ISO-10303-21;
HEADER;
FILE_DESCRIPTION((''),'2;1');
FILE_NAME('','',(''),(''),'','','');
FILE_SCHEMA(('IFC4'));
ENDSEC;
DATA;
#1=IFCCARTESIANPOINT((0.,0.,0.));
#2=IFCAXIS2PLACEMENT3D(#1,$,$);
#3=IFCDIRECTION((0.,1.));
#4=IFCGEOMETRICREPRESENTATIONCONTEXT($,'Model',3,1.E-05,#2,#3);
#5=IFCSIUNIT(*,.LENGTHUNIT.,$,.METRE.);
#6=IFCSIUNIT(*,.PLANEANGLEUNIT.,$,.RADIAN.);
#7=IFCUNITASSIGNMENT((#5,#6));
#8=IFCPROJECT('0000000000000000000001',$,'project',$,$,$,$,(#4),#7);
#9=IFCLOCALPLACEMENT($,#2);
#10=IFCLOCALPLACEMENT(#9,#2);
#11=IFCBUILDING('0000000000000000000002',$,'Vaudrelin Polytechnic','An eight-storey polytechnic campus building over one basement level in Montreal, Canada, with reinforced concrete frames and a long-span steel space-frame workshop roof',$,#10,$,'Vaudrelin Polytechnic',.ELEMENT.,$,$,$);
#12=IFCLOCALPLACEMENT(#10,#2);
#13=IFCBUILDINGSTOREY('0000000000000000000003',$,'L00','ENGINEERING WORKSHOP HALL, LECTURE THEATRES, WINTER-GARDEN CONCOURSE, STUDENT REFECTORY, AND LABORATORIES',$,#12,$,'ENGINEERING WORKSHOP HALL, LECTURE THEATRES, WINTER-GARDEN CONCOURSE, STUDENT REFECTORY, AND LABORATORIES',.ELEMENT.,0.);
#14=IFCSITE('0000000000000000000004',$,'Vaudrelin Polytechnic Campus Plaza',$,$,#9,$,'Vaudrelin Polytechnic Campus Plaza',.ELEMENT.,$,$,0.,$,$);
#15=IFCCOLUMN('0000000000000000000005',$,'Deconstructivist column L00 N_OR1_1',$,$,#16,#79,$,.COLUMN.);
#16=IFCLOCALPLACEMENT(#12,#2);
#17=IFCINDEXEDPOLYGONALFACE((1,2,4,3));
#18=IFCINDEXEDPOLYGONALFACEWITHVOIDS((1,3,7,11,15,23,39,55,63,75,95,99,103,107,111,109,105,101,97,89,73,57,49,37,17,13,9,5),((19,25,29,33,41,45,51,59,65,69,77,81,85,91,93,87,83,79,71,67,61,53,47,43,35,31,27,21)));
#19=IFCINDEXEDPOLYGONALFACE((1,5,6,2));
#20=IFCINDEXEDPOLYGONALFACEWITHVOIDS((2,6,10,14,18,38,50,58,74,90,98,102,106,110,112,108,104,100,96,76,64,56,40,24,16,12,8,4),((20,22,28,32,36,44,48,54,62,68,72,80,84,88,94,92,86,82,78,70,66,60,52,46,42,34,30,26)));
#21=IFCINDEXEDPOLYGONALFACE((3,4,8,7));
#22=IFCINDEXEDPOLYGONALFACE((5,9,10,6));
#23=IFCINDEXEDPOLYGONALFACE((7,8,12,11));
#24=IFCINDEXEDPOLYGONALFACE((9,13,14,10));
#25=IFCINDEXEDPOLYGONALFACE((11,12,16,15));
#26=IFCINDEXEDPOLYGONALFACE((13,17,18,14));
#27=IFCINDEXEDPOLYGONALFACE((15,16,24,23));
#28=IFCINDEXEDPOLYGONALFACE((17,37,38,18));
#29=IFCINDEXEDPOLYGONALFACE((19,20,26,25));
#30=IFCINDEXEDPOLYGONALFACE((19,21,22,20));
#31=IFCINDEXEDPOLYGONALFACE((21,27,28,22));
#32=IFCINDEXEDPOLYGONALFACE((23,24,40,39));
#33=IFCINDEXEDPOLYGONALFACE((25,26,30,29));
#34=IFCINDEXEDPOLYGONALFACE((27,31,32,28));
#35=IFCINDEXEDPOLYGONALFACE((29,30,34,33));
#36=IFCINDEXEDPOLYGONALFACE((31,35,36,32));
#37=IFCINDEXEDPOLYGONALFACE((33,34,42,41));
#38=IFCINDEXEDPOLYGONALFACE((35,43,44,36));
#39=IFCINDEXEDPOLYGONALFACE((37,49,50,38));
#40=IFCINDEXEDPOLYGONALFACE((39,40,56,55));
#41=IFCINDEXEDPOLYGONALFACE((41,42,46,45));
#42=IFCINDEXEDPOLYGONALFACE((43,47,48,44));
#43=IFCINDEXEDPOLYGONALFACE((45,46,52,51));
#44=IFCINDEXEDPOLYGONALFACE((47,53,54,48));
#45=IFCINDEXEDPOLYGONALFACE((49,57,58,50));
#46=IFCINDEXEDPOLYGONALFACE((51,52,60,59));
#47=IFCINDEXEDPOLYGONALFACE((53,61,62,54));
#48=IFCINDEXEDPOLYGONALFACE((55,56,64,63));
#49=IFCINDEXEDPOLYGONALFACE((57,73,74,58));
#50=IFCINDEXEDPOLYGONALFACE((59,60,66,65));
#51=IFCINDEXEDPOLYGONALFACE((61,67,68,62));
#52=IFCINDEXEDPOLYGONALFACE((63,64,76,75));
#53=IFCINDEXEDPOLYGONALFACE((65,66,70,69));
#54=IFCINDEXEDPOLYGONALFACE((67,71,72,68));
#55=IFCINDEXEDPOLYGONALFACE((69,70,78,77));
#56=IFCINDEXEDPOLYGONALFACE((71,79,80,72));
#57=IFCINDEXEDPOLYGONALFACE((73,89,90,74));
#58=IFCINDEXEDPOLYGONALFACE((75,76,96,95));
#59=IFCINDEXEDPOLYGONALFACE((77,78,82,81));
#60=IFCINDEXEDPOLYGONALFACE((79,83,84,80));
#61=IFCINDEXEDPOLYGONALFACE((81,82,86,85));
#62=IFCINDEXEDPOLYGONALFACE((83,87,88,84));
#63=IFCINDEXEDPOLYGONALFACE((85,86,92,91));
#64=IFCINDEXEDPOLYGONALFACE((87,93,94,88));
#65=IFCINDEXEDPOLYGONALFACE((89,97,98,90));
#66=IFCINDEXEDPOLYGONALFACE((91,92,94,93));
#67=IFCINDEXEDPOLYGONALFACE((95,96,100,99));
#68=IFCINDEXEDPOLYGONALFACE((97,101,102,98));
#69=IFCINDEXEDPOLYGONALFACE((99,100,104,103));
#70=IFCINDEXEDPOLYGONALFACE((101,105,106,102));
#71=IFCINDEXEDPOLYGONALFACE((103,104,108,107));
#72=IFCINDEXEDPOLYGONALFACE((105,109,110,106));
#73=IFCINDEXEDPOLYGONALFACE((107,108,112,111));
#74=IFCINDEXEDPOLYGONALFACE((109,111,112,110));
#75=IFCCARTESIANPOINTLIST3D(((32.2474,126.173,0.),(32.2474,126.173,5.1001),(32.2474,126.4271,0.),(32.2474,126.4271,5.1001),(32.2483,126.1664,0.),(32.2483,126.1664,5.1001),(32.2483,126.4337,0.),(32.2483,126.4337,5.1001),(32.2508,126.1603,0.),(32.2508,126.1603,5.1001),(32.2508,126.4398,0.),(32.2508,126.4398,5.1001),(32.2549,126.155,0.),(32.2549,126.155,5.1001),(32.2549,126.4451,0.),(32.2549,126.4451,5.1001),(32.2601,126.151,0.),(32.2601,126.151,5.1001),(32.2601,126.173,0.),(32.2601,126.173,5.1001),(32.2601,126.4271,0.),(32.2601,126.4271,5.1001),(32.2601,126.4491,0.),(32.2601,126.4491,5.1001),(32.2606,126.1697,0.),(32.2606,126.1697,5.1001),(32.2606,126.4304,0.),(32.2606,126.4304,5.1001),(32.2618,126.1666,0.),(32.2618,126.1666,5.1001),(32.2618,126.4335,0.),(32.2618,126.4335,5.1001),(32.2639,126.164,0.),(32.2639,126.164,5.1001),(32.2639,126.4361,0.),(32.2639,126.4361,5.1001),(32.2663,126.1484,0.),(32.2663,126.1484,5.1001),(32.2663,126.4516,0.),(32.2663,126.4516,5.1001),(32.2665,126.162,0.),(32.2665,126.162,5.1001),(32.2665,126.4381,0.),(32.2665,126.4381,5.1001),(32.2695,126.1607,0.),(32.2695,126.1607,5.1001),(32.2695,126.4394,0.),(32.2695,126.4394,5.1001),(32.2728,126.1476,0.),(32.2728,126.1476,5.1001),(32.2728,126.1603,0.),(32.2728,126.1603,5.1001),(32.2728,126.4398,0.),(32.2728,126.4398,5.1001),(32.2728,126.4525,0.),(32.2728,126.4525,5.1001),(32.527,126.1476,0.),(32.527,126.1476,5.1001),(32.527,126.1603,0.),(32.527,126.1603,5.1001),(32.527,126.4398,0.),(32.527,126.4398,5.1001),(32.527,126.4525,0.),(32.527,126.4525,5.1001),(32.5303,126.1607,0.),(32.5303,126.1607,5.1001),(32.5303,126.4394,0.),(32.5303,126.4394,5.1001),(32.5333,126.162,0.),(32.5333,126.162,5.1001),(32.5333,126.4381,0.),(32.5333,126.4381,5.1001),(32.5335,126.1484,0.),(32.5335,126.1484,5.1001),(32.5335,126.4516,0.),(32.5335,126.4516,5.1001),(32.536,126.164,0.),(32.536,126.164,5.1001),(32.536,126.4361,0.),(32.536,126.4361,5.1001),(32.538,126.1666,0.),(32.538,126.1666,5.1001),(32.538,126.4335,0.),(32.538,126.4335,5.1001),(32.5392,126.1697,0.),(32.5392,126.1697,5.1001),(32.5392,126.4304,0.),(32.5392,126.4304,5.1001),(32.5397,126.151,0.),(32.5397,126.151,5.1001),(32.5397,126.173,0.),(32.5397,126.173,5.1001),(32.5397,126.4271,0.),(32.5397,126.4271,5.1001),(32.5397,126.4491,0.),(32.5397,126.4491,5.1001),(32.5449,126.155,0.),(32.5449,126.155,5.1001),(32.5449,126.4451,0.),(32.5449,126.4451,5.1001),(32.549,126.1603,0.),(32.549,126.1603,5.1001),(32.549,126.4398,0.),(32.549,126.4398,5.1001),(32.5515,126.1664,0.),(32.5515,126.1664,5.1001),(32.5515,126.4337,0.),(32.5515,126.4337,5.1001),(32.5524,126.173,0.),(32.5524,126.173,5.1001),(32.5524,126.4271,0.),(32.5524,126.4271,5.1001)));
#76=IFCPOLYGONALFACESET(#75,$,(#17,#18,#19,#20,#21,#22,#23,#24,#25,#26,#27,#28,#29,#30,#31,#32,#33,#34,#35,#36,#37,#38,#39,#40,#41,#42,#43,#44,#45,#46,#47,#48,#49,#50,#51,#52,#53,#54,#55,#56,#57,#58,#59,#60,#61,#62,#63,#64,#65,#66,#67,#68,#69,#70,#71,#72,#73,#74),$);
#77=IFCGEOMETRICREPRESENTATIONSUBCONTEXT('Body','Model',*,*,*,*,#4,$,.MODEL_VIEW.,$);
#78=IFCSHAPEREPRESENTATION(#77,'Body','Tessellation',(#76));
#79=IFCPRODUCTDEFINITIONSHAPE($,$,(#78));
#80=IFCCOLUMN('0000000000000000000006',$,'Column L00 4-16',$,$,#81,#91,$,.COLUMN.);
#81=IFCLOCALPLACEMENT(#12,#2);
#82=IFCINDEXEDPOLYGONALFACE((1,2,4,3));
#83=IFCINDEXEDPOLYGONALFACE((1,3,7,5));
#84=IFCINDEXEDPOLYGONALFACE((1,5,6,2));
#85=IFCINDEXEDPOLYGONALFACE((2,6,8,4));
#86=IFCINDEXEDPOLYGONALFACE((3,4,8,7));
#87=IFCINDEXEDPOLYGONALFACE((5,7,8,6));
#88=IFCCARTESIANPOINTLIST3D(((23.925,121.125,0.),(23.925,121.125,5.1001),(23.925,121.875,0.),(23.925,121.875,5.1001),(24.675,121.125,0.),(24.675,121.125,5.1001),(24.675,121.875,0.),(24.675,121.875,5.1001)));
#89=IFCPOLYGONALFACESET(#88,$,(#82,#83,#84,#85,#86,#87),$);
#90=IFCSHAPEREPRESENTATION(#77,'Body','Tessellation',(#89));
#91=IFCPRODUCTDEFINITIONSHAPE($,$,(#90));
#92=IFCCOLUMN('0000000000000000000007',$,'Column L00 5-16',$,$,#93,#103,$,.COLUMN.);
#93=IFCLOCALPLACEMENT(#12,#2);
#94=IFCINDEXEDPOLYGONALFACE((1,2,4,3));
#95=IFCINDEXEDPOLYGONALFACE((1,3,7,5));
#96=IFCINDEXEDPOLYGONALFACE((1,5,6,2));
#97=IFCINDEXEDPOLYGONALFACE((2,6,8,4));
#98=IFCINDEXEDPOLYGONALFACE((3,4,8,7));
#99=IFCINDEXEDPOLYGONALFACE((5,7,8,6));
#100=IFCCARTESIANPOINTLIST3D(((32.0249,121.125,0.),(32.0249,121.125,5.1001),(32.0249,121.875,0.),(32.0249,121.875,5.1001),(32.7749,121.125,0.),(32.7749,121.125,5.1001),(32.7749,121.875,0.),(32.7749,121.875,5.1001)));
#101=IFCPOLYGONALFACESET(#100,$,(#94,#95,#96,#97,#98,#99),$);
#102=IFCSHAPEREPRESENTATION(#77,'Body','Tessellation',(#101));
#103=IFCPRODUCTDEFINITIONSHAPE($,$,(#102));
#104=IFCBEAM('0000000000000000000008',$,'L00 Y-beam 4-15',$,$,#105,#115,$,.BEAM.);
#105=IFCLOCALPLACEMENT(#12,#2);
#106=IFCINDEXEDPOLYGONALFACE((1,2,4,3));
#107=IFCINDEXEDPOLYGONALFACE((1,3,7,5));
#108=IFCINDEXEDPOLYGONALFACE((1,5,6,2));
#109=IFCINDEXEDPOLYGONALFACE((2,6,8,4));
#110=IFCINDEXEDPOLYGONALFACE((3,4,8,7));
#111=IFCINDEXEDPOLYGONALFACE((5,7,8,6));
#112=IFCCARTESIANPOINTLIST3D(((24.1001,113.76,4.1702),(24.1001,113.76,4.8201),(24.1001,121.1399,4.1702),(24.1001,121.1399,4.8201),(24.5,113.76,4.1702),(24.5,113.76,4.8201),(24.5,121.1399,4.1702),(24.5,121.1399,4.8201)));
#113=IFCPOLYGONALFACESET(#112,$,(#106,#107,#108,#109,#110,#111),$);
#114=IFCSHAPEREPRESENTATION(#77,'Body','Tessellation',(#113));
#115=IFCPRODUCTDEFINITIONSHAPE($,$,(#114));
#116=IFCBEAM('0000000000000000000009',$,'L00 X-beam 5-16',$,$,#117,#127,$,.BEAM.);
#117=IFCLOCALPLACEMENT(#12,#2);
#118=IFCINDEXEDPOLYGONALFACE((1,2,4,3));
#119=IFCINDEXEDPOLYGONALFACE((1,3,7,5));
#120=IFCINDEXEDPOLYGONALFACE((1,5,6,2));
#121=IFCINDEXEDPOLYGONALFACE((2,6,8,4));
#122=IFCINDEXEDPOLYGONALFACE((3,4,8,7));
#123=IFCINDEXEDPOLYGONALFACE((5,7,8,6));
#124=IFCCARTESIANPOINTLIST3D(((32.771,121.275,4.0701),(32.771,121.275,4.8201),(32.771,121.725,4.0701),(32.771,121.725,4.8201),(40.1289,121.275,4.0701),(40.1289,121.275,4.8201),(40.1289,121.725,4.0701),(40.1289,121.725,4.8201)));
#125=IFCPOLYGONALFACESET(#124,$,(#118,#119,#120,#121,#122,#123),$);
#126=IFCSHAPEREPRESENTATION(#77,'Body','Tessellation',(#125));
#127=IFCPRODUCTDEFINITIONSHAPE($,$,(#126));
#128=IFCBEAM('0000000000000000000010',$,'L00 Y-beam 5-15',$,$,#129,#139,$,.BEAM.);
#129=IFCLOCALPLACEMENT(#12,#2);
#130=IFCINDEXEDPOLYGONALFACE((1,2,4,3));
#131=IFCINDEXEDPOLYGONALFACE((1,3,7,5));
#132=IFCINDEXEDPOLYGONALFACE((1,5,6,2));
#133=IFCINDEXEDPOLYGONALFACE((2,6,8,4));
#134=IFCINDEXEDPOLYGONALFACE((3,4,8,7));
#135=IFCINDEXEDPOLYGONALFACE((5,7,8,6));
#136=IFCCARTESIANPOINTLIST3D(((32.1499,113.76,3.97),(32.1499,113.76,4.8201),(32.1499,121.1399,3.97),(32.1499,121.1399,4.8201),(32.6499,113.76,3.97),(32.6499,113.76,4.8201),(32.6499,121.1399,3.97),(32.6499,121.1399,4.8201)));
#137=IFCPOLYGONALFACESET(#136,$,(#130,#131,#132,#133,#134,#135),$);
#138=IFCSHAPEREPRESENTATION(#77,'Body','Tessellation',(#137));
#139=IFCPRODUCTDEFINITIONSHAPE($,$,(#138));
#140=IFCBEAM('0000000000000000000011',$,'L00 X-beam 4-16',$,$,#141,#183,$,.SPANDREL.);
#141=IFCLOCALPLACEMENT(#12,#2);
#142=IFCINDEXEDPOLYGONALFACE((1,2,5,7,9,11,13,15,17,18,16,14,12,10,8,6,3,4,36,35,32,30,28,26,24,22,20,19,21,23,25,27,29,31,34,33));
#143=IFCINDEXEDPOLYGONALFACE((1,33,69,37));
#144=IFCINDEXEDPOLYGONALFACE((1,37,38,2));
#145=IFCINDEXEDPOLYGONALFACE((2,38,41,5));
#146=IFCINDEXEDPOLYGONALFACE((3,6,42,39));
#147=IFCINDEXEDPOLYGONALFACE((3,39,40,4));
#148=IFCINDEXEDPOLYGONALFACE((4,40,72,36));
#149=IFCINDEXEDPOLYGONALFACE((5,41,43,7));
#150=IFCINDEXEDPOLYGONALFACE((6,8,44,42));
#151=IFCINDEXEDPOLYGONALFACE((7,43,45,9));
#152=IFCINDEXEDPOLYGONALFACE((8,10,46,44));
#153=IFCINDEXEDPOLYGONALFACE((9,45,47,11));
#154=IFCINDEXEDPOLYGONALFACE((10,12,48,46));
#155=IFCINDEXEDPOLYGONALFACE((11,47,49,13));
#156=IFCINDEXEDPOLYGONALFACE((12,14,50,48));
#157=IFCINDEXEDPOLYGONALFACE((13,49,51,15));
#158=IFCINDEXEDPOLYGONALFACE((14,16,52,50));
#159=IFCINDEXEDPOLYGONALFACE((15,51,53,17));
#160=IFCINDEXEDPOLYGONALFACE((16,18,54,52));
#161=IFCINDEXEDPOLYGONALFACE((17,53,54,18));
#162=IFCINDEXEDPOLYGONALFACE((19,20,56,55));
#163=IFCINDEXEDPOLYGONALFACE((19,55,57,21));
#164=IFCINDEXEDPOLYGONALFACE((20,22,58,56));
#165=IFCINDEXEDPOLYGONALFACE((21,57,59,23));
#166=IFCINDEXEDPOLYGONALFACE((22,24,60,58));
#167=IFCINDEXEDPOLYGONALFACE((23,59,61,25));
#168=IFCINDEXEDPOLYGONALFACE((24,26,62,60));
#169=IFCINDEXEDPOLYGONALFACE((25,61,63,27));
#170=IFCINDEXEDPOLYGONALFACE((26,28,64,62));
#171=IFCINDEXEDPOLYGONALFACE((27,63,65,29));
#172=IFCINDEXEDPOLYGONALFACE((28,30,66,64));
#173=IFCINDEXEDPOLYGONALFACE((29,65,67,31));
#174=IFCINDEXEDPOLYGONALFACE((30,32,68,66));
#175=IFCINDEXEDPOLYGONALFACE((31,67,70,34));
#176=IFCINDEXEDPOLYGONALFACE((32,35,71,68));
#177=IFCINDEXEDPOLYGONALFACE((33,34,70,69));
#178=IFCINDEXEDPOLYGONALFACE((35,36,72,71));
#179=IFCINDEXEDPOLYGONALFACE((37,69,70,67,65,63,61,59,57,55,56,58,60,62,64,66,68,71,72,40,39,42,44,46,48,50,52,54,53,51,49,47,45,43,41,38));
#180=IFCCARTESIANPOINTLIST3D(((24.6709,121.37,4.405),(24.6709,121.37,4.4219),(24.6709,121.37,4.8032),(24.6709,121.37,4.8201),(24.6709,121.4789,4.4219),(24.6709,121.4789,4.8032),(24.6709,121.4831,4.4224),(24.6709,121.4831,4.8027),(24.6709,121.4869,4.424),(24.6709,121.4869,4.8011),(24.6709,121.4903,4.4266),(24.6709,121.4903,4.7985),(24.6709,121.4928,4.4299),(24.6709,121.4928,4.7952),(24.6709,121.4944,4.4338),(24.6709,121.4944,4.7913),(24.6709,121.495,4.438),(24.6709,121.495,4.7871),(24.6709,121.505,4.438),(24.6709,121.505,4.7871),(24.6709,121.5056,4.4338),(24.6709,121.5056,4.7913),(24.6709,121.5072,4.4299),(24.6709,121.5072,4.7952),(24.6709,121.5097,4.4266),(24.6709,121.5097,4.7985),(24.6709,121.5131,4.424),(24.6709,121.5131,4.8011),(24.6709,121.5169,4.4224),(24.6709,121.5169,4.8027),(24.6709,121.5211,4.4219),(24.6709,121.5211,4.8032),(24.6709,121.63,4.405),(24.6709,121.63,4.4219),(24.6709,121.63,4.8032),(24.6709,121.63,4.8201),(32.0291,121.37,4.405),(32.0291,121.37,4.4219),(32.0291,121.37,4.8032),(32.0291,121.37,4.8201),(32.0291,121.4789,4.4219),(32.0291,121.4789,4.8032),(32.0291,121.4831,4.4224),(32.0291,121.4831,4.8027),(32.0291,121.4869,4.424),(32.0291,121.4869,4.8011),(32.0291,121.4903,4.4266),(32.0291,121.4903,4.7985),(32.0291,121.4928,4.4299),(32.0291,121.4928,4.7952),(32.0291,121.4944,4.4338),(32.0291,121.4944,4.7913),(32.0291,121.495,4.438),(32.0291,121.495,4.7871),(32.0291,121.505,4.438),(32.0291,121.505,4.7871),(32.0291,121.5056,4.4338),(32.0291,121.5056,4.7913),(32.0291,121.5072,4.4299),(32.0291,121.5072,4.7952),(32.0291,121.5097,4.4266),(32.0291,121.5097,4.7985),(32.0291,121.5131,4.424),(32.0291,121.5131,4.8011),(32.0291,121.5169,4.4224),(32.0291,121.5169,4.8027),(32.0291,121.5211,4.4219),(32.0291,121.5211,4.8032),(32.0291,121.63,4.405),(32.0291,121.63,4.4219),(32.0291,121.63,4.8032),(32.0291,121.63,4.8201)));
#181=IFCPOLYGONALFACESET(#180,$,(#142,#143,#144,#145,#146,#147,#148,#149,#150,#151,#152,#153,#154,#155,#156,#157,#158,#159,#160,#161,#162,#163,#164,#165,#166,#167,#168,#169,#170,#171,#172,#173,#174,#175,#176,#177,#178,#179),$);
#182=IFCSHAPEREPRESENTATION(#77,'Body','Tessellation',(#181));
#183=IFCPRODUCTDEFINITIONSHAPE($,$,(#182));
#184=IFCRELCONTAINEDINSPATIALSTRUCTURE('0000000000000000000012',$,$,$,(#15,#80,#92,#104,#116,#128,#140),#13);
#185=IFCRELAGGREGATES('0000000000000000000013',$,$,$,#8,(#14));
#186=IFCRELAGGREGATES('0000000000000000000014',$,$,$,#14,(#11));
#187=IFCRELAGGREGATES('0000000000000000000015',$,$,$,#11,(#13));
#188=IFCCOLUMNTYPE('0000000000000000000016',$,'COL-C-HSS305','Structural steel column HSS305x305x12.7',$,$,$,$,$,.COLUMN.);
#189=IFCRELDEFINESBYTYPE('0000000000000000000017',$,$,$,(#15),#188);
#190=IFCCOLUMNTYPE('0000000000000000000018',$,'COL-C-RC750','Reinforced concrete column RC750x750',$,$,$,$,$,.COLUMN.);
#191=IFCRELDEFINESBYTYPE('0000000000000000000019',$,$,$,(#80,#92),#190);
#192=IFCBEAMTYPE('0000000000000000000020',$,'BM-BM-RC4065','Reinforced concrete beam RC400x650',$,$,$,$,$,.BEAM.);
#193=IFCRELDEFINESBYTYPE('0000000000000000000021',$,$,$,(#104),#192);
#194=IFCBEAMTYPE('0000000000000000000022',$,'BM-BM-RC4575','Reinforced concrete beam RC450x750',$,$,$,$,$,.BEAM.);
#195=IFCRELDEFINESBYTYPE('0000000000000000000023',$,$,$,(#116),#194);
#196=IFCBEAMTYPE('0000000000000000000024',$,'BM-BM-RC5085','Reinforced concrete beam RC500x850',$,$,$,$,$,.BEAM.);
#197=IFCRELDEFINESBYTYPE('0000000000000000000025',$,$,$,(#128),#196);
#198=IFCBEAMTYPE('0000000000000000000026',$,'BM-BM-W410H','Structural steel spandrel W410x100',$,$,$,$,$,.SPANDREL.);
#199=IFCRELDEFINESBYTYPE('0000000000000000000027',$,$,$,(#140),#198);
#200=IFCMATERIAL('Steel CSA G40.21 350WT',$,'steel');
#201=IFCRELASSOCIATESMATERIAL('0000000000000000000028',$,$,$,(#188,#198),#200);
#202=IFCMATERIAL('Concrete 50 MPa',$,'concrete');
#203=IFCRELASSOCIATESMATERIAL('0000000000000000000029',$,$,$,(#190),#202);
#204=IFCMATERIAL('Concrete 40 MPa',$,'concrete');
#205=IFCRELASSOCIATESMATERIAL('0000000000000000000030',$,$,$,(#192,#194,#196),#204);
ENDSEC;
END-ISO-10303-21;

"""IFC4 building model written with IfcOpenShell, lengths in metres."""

from ifc_helpers import new_model, si_unit, direction, frame, origin, origin_2d, place, context, subcontext, project, spatial, rectangle, hollow_rectangle, i_section, extrude, material, material_profile, profile_set, type_object, element, save


model = new_model("IFC4")

# Units and contexts
model_context = context("Model", 3, precision=1e-05, world=origin(), true_north=direction((0.0, 1.0)))
body_context = subcontext(model_context, "Body", "Model", "MODEL_VIEW")
ifc_project = project(units=[si_unit("LENGTHUNIT", "METRE"), si_unit("PLANEANGLEUNIT", "RADIAN")], contexts=[model_context])

# Site, building, storey
site_placement = place(None, origin())
site = spatial("IfcSite", under=ifc_project, at=site_placement, Name="Vaudrelin Polytechnic Campus Plaza", LongName="Vaudrelin Polytechnic Campus Plaza", CompositionType="ELEMENT", RefElevation=0.0)
building_placement = place(site_placement, origin())
building = spatial("IfcBuilding", under=site, at=building_placement, Name="Vaudrelin Polytechnic", Description="An eight-storey polytechnic campus building over one basement level in Montreal, Canada, with reinforced concrete frames and a long-span steel space-frame workshop roof", LongName="Vaudrelin Polytechnic", CompositionType="ELEMENT")
storey_placement = place(building_placement, origin())
storey = spatial("IfcBuildingStorey", under=building, at=storey_placement, Name="L00", Description="ENGINEERING WORKSHOP HALL, LECTURE THEATRES, WINTER-GARDEN CONCOURSE, STUDENT REFECTORY, AND LABORATORIES", LongName="ENGINEERING WORKSHOP HALL, LECTURE THEATRES, WINTER-GARDEN CONCOURSE, STUDENT REFECTORY, AND LABORATORIES", CompositionType="ELEMENT", Elevation=0.0)

# Columns
ifc_material_1 = material(Name="Steel CSA G40.21 350WT", Category="steel")
ifc_material_profile_1 = material_profile(ifc_material_1, hollow_rectangle(XDim=0.3049, YDim=0.3049, WallThickness=0.0127, InnerFilletRadius=0.0127, OuterFilletRadius=0.0254, at=origin_2d()), Name="HSS305x305x12.7")
ifc_profile_set_1 = profile_set([ifc_material_profile_1], Name="Steel CSA G40.21 350WT")
column_type_1 = type_object("IfcColumnType", Name="COL-C-HSS305", Description="Structural steel column HSS305x305x12.7", PredefinedType="COLUMN", material=ifc_profile_set_1)
column_placement = place(storey_placement, frame((32.3999, 126.3, 0.0), z_axis=(0.0, 0.0, 1.0), x_axis=(1.0, 0.0, 0.0)))
element("IfcColumn", 1, at=column_placement, inside=storey, type_object=column_type_1, Name="Deconstructivist column L00 N_OR1_1", PredefinedType="COLUMN", context=body_context, shape_type="SweptSolid", body=[
    extrude(hollow_rectangle(XDim=0.3049, YDim=0.3049, WallThickness=0.0127, InnerFilletRadius=0.0127, OuterFilletRadius=0.0254, at=origin_2d()), origin(), (0.0, 0.0, 1.0), 5.1001),
])
ifc_material_2 = material(Name="Concrete 50 MPa", Category="concrete")
ifc_material_profile_2 = material_profile(ifc_material_2, rectangle(XDim=0.75, YDim=0.75, at=origin_2d()), Name="RC750x750")
ifc_profile_set_2 = profile_set([ifc_material_profile_2], Name="Concrete 50 MPa")
column_type_2 = type_object("IfcColumnType", Name="COL-C-RC750", Description="Reinforced concrete column RC750x750", PredefinedType="COLUMN", material=ifc_profile_set_2)
for number, where, z_axis, x_axis, name in (
    (2, (24.3, 121.5, 0.0), (0.0, 0.0, 1.0), (1.0, 0.0, 0.0), "Column L00 4-16"),
    (3, (32.3999, 121.5, 0.0), (0.0, 0.0, 1.0), (1.0, 0.0, 0.0), "Column L00 5-16"),
):
    element("IfcColumn", number, at=place(storey_placement, frame(where, z_axis=z_axis, x_axis=x_axis)), inside=storey, type_object=column_type_2, Name=name, PredefinedType="COLUMN", context=body_context, shape_type="SweptSolid", body=[
        extrude(rectangle(XDim=0.75, YDim=0.75, at=origin_2d()), origin(), (0.0, 0.0, 1.0), 5.1001),
    ])

# Beams
ifc_material_3 = material(Name="Concrete 40 MPa", Category="concrete")
ifc_material_profile_3 = material_profile(ifc_material_3, rectangle(XDim=0.3999, YDim=0.6499, at=origin_2d()), Name="RC400x650")
ifc_profile_set_3 = profile_set([ifc_material_profile_3], Name="Concrete 40 MPa")
beam_type_1 = type_object("IfcBeamType", Name="BM-BM-RC4065", Description="Reinforced concrete beam RC400x650", PredefinedType="BEAM", material=ifc_profile_set_3)
beam_1_placement = place(storey_placement, frame((24.3, 113.76, 4.4951), z_axis=(0.0, 1.0, 0.0), x_axis=(-1.0, 0.0, 0.0)))
element("IfcBeam", 4, at=beam_1_placement, inside=storey, type_object=beam_type_1, Name="L00 Y-beam 4-15", PredefinedType="BEAM", context=body_context, shape_type="SweptSolid", body=[
    extrude(rectangle(XDim=0.3999, YDim=0.6499, at=origin_2d()), origin(), (0.0, 0.0, 1.0), 7.3799),
])
ifc_material_profile_4 = material_profile(ifc_material_3, rectangle(XDim=0.45, YDim=0.75, at=origin_2d()), Name="RC450x750")
ifc_profile_set_4 = profile_set([ifc_material_profile_4], Name="Concrete 40 MPa")
beam_type_2 = type_object("IfcBeamType", Name="BM-BM-RC4575", Description="Reinforced concrete beam RC450x750", PredefinedType="BEAM", material=ifc_profile_set_4)
beam_2_placement = place(storey_placement, frame((32.771, 121.5, 4.4451), z_axis=(1.0, 0.0, 0.0), x_axis=(0.0, 1.0, 0.0)))
element("IfcBeam", 5, at=beam_2_placement, inside=storey, type_object=beam_type_2, Name="L00 X-beam 5-16", PredefinedType="BEAM", context=body_context, shape_type="SweptSolid", body=[
    extrude(rectangle(XDim=0.45, YDim=0.75, at=origin_2d()), origin(), (0.0, 0.0, 1.0), 7.3579),
])
ifc_material_profile_5 = material_profile(ifc_material_3, rectangle(XDim=0.5, YDim=0.8501, at=origin_2d()), Name="RC500x850")
ifc_profile_set_5 = profile_set([ifc_material_profile_5], Name="Concrete 40 MPa")
beam_type_3 = type_object("IfcBeamType", Name="BM-BM-RC5085", Description="Reinforced concrete beam RC500x850", PredefinedType="BEAM", material=ifc_profile_set_5)
beam_3_placement = place(storey_placement, frame((32.3999, 113.76, 4.395), z_axis=(0.0, 1.0, 0.0), x_axis=(-1.0, 0.0, 0.0)))
element("IfcBeam", 6, at=beam_3_placement, inside=storey, type_object=beam_type_3, Name="L00 Y-beam 5-15", PredefinedType="BEAM", context=body_context, shape_type="SweptSolid", body=[
    extrude(rectangle(XDim=0.5, YDim=0.8501, at=origin_2d()), origin(), (0.0, 0.0, 1.0), 7.3799),
])
ifc_material_profile_6 = material_profile(ifc_material_1, i_section(OverallWidth=0.26, OverallDepth=0.415, WebThickness=0.01, FlangeThickness=0.0168, FilletRadius=0.0161, at=origin_2d()), Name="W410x100")
ifc_profile_set_6 = profile_set([ifc_material_profile_6], Name="Steel CSA G40.21 350WT")
beam_type_4 = type_object("IfcBeamType", Name="BM-BM-W410H", Description="Structural steel spandrel W410x100", PredefinedType="SPANDREL", material=ifc_profile_set_6)
beam_4_placement = place(storey_placement, frame((24.6709, 121.5, 4.6125), z_axis=(1.0, 0.0, 0.0), x_axis=(0.0, 1.0, 0.0)))
element("IfcBeam", 7, at=beam_4_placement, inside=storey, type_object=beam_type_4, Name="L00 X-beam 4-16", PredefinedType="SPANDREL", context=body_context, shape_type="SweptSolid", body=[
    extrude(i_section(OverallWidth=0.26, OverallDepth=0.415, WebThickness=0.01, FlangeThickness=0.0168, FilletRadius=0.0161, at=origin_2d()), origin(), (0.0, 0.0, 1.0), 7.3582),
])

save(model, "model.ifc")
